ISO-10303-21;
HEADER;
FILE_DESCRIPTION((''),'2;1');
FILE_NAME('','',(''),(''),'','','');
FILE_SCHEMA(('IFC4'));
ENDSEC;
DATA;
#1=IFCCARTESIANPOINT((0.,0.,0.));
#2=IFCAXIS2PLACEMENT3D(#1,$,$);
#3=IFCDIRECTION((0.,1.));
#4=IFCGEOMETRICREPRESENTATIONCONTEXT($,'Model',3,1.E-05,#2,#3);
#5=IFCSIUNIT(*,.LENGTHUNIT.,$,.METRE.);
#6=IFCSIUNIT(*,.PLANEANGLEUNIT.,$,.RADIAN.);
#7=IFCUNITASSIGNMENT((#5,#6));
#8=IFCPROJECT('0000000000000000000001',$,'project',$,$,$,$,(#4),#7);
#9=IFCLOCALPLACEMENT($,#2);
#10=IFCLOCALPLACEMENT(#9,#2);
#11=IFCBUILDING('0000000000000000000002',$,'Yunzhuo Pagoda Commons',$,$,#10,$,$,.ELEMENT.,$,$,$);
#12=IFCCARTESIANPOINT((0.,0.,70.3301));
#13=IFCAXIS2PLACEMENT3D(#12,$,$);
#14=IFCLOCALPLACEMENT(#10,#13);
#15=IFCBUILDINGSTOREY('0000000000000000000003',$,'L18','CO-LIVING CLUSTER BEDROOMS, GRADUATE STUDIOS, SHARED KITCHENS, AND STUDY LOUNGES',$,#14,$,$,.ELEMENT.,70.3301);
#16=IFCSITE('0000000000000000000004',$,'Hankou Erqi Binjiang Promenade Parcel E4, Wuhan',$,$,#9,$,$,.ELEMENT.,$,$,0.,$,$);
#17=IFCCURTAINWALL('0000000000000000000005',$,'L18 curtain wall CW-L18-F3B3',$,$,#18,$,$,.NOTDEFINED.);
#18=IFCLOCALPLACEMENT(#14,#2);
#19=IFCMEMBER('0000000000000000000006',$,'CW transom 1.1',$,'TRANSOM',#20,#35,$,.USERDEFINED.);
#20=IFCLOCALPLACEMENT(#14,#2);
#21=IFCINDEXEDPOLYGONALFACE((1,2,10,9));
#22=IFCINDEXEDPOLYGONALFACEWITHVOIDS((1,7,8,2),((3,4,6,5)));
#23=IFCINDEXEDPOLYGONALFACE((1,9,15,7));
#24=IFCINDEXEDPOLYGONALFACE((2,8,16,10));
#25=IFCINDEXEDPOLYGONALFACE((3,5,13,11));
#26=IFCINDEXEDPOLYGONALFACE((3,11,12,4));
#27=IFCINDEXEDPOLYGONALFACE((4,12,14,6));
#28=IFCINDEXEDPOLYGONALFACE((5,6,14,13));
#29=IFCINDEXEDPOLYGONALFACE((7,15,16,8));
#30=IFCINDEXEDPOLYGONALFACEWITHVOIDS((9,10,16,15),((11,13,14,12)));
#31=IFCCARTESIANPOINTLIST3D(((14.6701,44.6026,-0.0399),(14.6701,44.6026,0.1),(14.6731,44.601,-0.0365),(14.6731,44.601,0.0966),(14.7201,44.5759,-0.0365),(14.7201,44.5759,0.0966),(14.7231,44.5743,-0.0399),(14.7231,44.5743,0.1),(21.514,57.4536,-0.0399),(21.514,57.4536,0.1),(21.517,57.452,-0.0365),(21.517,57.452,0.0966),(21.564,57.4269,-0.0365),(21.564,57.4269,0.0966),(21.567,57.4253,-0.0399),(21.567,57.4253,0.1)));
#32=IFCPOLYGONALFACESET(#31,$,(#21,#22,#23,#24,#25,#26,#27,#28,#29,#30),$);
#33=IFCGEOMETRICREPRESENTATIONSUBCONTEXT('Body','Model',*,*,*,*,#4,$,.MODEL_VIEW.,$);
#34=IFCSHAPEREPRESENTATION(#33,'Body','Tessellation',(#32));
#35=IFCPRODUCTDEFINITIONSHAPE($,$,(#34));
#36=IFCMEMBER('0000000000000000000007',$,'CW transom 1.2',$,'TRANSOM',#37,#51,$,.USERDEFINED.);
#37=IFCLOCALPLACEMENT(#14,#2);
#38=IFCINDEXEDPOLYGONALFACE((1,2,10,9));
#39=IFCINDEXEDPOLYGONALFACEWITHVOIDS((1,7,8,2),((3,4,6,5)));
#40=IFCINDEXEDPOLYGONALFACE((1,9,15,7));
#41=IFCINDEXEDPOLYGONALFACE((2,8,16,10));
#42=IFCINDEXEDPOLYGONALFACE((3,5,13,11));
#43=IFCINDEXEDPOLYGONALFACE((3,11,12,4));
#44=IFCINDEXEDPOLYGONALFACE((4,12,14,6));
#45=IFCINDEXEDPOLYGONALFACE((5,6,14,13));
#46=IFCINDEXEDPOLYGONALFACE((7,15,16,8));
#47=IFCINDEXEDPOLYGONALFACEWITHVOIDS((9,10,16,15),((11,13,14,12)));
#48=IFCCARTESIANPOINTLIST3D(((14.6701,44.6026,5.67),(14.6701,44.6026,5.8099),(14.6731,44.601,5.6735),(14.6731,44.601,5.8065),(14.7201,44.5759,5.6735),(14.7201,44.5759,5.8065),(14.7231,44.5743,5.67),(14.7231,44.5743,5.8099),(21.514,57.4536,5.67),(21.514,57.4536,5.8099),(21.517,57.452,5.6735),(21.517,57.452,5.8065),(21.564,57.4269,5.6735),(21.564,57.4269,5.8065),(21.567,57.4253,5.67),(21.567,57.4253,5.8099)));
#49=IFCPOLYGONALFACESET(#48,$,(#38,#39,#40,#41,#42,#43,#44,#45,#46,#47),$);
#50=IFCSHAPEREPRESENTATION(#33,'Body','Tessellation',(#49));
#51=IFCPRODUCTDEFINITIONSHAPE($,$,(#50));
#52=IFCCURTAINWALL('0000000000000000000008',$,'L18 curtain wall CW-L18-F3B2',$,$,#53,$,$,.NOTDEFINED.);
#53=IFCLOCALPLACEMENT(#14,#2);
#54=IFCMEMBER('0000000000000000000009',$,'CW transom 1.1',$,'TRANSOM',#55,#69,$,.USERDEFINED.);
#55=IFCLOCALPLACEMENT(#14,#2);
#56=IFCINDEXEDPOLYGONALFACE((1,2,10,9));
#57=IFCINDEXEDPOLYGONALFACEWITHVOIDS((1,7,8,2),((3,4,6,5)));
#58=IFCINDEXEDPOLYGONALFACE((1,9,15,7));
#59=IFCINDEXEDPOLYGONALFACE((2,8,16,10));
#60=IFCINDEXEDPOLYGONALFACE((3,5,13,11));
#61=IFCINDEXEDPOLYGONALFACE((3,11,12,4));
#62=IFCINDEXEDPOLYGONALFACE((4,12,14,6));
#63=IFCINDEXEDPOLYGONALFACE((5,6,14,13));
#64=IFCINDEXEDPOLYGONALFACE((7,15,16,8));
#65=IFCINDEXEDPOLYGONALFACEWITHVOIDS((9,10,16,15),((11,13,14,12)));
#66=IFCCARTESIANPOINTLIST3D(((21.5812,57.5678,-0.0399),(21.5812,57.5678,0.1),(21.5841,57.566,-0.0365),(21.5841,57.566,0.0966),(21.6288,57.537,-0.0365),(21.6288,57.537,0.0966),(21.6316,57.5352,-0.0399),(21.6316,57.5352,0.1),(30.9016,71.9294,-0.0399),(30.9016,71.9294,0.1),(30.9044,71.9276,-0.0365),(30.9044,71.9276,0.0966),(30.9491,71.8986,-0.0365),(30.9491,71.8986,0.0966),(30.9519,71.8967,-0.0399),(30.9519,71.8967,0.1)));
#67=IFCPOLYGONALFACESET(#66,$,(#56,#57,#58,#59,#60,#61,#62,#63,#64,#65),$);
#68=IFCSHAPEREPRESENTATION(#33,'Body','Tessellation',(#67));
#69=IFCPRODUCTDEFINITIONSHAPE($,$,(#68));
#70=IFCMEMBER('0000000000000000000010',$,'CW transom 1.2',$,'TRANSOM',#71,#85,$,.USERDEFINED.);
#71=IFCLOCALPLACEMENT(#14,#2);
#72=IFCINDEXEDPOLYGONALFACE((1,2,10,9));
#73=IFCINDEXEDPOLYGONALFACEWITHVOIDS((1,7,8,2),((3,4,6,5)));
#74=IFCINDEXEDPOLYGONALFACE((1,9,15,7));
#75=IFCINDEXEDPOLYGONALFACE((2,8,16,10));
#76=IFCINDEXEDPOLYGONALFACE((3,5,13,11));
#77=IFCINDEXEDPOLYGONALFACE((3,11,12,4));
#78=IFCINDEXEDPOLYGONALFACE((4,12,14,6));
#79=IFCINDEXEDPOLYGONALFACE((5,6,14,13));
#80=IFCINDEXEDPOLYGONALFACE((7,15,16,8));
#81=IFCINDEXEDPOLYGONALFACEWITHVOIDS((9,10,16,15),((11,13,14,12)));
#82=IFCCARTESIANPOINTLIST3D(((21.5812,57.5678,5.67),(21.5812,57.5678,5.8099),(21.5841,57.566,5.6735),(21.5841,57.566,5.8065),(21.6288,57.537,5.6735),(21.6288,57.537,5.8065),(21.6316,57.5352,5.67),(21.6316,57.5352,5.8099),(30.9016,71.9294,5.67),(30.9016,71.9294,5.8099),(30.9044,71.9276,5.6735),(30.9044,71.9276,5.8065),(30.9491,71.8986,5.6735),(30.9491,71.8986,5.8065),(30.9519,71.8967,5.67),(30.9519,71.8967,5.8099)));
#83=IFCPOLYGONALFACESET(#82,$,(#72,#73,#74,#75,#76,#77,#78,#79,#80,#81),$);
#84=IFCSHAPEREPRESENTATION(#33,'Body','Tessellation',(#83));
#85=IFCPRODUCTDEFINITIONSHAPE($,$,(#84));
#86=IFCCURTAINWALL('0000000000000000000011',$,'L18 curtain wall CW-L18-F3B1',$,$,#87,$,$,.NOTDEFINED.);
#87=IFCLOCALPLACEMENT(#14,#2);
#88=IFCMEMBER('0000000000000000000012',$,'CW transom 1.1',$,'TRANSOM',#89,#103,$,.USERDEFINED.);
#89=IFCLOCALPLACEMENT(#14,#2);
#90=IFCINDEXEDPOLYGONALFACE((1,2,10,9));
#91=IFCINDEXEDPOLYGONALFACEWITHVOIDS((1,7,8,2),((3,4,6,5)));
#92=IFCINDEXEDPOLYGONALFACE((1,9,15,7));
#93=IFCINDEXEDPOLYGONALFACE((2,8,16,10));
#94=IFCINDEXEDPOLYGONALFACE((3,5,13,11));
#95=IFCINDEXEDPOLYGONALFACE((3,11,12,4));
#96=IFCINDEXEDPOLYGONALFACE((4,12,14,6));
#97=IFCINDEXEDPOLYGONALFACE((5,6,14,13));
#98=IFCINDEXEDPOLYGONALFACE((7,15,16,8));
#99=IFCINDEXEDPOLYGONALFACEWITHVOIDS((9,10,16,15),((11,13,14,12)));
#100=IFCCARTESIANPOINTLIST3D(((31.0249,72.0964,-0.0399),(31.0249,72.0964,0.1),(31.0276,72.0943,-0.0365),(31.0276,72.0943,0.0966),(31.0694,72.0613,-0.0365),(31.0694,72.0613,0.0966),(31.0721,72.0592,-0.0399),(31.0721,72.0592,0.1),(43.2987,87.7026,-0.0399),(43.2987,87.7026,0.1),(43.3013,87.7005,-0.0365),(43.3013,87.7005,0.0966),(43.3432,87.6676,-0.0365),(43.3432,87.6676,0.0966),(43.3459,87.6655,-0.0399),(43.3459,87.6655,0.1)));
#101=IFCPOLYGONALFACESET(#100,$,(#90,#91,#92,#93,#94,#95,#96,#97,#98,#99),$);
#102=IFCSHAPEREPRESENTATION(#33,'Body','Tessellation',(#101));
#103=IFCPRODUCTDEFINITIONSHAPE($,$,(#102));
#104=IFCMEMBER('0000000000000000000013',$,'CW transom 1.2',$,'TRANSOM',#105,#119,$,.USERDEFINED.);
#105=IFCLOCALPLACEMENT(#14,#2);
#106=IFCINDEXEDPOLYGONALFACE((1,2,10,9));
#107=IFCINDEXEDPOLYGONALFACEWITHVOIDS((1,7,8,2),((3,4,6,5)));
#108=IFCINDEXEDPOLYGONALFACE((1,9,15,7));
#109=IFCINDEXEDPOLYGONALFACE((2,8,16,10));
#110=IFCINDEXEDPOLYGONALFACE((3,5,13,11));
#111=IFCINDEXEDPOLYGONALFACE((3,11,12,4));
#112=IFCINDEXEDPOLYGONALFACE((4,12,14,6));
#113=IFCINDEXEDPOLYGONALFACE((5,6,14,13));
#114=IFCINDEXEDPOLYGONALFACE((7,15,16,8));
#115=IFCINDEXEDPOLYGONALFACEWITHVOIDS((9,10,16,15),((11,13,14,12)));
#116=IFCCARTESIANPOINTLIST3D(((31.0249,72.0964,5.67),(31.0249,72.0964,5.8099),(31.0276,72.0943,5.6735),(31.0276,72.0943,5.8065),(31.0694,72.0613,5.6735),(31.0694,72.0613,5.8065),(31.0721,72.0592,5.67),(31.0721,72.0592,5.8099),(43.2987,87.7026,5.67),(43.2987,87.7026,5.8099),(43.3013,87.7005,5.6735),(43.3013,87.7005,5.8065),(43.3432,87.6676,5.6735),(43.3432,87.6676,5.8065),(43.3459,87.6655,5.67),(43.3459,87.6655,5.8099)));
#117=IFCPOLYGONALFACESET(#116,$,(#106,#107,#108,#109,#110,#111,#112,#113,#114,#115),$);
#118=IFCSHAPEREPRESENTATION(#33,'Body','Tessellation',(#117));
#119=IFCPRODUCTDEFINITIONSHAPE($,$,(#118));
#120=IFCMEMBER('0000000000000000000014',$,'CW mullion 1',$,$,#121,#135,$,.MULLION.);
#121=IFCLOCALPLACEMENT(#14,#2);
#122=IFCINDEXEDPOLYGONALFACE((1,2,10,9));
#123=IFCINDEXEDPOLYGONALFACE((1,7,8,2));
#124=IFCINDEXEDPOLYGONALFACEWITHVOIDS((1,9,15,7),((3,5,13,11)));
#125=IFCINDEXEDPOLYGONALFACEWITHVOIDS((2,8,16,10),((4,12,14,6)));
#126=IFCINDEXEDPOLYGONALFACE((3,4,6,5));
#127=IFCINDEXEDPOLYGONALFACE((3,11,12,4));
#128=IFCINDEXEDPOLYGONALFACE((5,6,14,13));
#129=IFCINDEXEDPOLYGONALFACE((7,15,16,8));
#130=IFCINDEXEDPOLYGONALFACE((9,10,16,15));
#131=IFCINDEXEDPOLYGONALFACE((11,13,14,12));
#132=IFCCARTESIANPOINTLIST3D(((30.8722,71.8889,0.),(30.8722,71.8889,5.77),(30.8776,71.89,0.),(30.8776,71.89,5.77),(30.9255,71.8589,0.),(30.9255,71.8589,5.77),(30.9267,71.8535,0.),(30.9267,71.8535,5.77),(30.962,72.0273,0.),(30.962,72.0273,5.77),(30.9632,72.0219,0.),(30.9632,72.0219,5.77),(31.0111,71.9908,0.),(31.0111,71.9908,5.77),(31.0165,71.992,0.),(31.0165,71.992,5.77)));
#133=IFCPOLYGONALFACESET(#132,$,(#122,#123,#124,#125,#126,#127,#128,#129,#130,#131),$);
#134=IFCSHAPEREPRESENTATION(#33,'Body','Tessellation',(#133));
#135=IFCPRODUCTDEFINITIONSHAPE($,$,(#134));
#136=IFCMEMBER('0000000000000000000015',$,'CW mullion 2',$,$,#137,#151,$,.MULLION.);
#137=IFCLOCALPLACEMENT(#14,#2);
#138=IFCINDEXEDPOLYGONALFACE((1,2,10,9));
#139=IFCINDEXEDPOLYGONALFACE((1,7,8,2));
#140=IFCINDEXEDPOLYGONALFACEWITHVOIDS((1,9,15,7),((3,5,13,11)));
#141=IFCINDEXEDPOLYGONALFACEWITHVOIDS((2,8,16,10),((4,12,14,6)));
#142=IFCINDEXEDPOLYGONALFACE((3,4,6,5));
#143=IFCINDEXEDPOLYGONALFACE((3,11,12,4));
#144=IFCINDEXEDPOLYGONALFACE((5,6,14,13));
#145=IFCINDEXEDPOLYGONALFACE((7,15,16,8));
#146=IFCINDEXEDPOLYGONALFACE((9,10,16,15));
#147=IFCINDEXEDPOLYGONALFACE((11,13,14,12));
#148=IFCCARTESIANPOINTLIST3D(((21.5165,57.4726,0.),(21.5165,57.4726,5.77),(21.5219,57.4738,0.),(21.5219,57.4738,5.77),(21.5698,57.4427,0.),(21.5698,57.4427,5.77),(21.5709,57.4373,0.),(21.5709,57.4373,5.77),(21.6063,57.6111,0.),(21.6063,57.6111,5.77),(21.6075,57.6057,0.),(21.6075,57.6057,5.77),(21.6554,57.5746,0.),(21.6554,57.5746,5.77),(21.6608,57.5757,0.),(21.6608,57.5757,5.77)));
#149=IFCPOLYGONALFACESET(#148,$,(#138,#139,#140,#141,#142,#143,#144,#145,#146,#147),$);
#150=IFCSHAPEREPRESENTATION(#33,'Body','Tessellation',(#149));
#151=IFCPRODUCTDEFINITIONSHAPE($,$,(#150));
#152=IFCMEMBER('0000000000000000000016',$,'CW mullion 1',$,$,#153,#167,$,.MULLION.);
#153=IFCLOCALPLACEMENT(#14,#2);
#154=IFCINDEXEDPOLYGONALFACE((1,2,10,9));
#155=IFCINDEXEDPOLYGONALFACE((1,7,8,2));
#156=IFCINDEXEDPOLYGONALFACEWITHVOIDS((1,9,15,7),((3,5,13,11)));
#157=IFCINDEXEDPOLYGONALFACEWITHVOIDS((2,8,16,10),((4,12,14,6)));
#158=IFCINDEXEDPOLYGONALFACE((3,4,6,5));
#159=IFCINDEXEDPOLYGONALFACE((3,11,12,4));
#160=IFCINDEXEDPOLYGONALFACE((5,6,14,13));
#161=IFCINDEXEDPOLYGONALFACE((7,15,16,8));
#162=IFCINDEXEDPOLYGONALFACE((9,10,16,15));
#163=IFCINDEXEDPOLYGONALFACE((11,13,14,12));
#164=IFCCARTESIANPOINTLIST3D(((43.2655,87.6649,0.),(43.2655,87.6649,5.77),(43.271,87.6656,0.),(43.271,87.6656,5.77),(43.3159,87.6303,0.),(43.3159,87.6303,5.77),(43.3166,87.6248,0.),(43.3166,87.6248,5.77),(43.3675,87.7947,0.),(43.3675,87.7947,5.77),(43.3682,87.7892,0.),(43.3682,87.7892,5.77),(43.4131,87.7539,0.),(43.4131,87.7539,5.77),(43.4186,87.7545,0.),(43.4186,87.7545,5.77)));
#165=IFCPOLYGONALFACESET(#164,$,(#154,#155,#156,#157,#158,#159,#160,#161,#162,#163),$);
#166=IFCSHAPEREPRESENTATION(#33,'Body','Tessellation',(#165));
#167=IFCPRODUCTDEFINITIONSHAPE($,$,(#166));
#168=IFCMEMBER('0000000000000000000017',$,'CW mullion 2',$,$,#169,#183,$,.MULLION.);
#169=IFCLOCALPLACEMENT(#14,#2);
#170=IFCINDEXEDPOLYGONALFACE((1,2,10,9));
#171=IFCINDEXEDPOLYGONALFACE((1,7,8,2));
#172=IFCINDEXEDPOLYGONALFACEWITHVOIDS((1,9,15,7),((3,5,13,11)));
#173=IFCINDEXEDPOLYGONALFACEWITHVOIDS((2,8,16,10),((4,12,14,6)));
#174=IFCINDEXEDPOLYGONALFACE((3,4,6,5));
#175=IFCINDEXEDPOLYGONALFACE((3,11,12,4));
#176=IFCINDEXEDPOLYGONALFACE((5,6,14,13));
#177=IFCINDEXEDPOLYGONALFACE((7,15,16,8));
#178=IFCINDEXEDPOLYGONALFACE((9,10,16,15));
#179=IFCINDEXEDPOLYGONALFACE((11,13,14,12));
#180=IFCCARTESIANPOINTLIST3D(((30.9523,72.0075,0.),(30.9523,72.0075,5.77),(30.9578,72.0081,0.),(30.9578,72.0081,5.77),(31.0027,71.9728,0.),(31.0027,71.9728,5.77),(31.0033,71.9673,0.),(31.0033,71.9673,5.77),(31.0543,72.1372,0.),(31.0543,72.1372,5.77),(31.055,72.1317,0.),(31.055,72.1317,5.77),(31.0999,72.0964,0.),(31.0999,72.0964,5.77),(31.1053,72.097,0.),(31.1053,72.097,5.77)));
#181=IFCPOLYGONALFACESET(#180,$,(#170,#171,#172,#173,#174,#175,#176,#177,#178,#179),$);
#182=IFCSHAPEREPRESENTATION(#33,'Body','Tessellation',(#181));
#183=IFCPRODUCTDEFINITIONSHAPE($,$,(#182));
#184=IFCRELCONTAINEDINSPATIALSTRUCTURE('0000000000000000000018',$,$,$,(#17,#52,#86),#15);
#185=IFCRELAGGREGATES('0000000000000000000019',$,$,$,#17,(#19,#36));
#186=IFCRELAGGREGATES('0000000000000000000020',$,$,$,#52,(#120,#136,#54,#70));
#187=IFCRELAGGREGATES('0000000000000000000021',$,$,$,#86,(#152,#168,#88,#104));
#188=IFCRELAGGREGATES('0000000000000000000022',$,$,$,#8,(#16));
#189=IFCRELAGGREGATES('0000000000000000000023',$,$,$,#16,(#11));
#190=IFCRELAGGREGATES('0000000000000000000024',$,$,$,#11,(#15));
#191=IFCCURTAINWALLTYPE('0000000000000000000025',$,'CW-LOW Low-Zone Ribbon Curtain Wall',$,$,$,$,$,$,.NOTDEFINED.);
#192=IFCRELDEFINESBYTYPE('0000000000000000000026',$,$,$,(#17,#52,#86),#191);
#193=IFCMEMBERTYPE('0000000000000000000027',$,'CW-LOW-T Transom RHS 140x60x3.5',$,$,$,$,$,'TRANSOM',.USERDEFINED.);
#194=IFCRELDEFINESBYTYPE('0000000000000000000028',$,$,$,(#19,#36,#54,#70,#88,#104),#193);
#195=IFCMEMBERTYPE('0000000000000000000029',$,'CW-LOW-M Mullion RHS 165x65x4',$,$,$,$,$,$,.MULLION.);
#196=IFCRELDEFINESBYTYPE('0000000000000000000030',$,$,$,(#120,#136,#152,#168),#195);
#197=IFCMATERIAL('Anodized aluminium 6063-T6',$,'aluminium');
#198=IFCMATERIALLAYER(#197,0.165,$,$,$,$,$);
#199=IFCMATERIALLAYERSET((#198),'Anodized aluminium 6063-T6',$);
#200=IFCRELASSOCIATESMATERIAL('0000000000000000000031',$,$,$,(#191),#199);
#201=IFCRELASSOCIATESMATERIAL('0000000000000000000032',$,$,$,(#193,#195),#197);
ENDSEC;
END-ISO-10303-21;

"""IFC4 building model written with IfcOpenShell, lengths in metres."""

from ifc_helpers import new_model, si_unit, direction, frame, origin, origin_2d, place, context, subcontext, project, spatial, hollow_rectangle, extrude, source, transform, mapped, material, layer, layer_set, material_profile, profile_set, type_object, element, aggregate, save


model = new_model("IFC4")

# Units and contexts
model_context = context("Model", 3, precision=1e-05, world=origin(), true_north=direction((0.0, 1.0)))
body_context = subcontext(model_context, "Body", "Model", "MODEL_VIEW")
ifc_project = project(units=[si_unit("LENGTHUNIT", "METRE"), si_unit("PLANEANGLEUNIT", "RADIAN")], contexts=[model_context])

# Site, building, storey
site_placement = place(None, origin())
site = spatial("IfcSite", under=ifc_project, at=site_placement, Name="Hankou Erqi Binjiang Promenade Parcel E4, Wuhan", CompositionType="ELEMENT", RefElevation=0.0)
building_placement = place(site_placement, origin())
building = spatial("IfcBuilding", under=site, at=building_placement, Name="Yunzhuo Pagoda Commons", CompositionType="ELEMENT")
storey_placement = place(building_placement, frame((0.0, 0.0, 70.3301)))
storey = spatial("IfcBuildingStorey", under=building, at=storey_placement, Name="L18", Description="CO-LIVING CLUSTER BEDROOMS, GRADUATE STUDIOS, SHARED KITCHENS, AND STUDY LOUNGES", CompositionType="ELEMENT", Elevation=70.3301)

# Curtain walls, members
ifc_material_1 = material(Name="Anodized aluminium 6063-T6", Category="aluminium")
ifc_layer_1 = layer(ifc_material_1, 0.165)
ifc_layer_set_1 = layer_set([ifc_layer_1], Name="Anodized aluminium 6063-T6")
curtain_wall_type = type_object("IfcCurtainWallType", Name="CW-LOW Low-Zone Ribbon Curtain Wall", PredefinedType="NOTDEFINED", material=ifc_layer_set_1)
curtain_wall_1_placement = place(storey_placement, origin())
curtain_wall_1 = element("IfcCurtainWall", 1, at=curtain_wall_1_placement, inside=storey, type_object=curtain_wall_type, Name="L18 curtain wall CW-L18-F3B3", PredefinedType="NOTDEFINED")
ifc_material_profile_1 = material_profile(ifc_material_1, hollow_rectangle(XDim=0.0601, YDim=0.1399, WallThickness=0.0034, at=origin_2d()), Name="Anodized aluminium 6063-T6")
ifc_profile_set_1 = profile_set([ifc_material_profile_1], Name="Anodized aluminium 6063-T6")
member_type_1 = type_object("IfcMemberType", Name="CW-LOW-T Transom RHS 140x60x3.5", ElementType="TRANSOM", PredefinedType="USERDEFINED", material=ifc_profile_set_1)
shared_shape_1 = source(origin(), body_context, "Body", "SweptSolid", [
    extrude(hollow_rectangle(XDim=0.0601, YDim=0.1399, WallThickness=0.0034, at=origin_2d()), origin(), (0.0, 0.0, 1.0), 14.5598),
])
member_1_placement = place(storey_placement, frame((21.5405, 57.4395, 0.03), z_axis=(-0.470058, -0.882635, 0.0), x_axis=(0.882635, -0.470058, 0.0)))
member_1 = element("IfcMember", 2, at=member_1_placement, type_object=member_type_1, Name="CW transom 1.1", ObjectType="TRANSOM", PredefinedType="USERDEFINED", context=body_context, shape_type="MappedRepresentation", body=[
    mapped(shared_shape_1, transform((0.0, 0.0, 0.0), scale=1.0)),
])
member_2_placement = place(storey_placement, frame((21.5405, 57.4395, 5.74), z_axis=(-0.470058, -0.882635, 0.0), x_axis=(0.882635, -0.470058, 0.0)))
member_2 = element("IfcMember", 3, at=member_2_placement, type_object=member_type_1, Name="CW transom 1.2", ObjectType="TRANSOM", PredefinedType="USERDEFINED", context=body_context, shape_type="MappedRepresentation", body=[
    mapped(shared_shape_1, transform((0.0, 0.0, 0.0), scale=1.0)),
])
aggregate(curtain_wall_1, [member_1, member_2])
curtain_wall_2_placement = place(storey_placement, origin())
curtain_wall_2 = element("IfcCurtainWall", 4, at=curtain_wall_2_placement, inside=storey, type_object=curtain_wall_type, Name="L18 curtain wall CW-L18-F3B2", PredefinedType="NOTDEFINED")
shared_shape_2 = source(origin(), body_context, "Body", "SweptSolid", [
    extrude(hollow_rectangle(XDim=0.0601, YDim=0.1399, WallThickness=0.0034, at=origin_2d()), origin(), (0.0, 0.0, 1.0), 17.1208),
])
member_3_placement = place(storey_placement, frame((30.9268, 71.9131, 0.03), z_axis=(-0.544384, -0.838836, 0.0), x_axis=(0.838836, -0.544384, 0.0)))
member_3 = element("IfcMember", 5, at=member_3_placement, type_object=member_type_1, Name="CW transom 1.1", ObjectType="TRANSOM", PredefinedType="USERDEFINED", context=body_context, shape_type="MappedRepresentation", body=[
    mapped(shared_shape_2, transform((0.0, 0.0, 0.0), scale=1.0)),
])
member_4_placement = place(storey_placement, frame((30.9268, 71.9131, 5.74), z_axis=(-0.544384, -0.838836, 0.0), x_axis=(0.838836, -0.544384, 0.0)))
member_4 = element("IfcMember", 6, at=member_4_placement, type_object=member_type_1, Name="CW transom 1.2", ObjectType="TRANSOM", PredefinedType="USERDEFINED", context=body_context, shape_type="MappedRepresentation", body=[
    mapped(shared_shape_2, transform((0.0, 0.0, 0.0), scale=1.0)),
])
curtain_wall_3_placement = place(storey_placement, origin())
curtain_wall_3 = element("IfcCurtainWall", 7, at=curtain_wall_3_placement, inside=storey, type_object=curtain_wall_type, Name="L18 curtain wall CW-L18-F3B1", PredefinedType="NOTDEFINED")
shared_shape_3 = source(origin(), body_context, "Body", "SweptSolid", [
    extrude(hollow_rectangle(XDim=0.0601, YDim=0.1399, WallThickness=0.0034, at=origin_2d()), origin(), (0.0, 0.0, 1.0), 19.8545),
])
member_5_placement = place(storey_placement, frame((43.3223, 87.6841, 0.03), z_axis=(-0.618185, -0.786033, 0.0), x_axis=(0.786033, -0.618185, 0.0)))
member_5 = element("IfcMember", 8, at=member_5_placement, type_object=member_type_1, Name="CW transom 1.1", ObjectType="TRANSOM", PredefinedType="USERDEFINED", context=body_context, shape_type="MappedRepresentation", body=[
    mapped(shared_shape_3, transform((0.0, 0.0, 0.0), scale=1.0)),
])
member_6_placement = place(storey_placement, frame((43.3223, 87.6841, 5.74), z_axis=(-0.618185, -0.786033, 0.0), x_axis=(0.786033, -0.618185, 0.0)))
member_6 = element("IfcMember", 9, at=member_6_placement, type_object=member_type_1, Name="CW transom 1.2", ObjectType="TRANSOM", PredefinedType="USERDEFINED", context=body_context, shape_type="MappedRepresentation", body=[
    mapped(shared_shape_3, transform((0.0, 0.0, 0.0), scale=1.0)),
])

# Members
ifc_material_profile_2 = material_profile(ifc_material_1, hollow_rectangle(XDim=0.0649, YDim=0.165, WallThickness=0.0039, at=origin_2d()), Name="Anodized aluminium 6063-T6")
ifc_profile_set_2 = profile_set([ifc_material_profile_2], Name="Anodized aluminium 6063-T6")
member_type_2 = type_object("IfcMemberType", Name="CW-LOW-M Mullion RHS 165x65x4", PredefinedType="MULLION", material=ifc_profile_set_2)
shared_shape_4 = source(origin(), body_context, "Body", "SweptSolid", [
    extrude(hollow_rectangle(XDim=0.0649, YDim=0.165, WallThickness=0.0039, at=origin_2d()), origin(), (0.0, 0.0, 1.0), 5.77),
])
member_7_placement = place(storey_placement, frame((30.9443, 71.9404, 0.0), z_axis=(0.0, 0.0, 1.0), x_axis=(0.83884, -0.544378, 0.0)))
member_7 = element("IfcMember", 10, at=member_7_placement, type_object=member_type_2, Name="CW mullion 1", PredefinedType="MULLION", context=body_context, shape_type="MappedRepresentation", body=[
    mapped(shared_shape_4, transform((0.0, 0.0, 0.0), scale=1.0)),
])
member_8_placement = place(storey_placement, frame((21.5886, 57.5242, 0.0), z_axis=(0.0, 0.0, 1.0), x_axis=(0.83884, -0.544378, 0.0)))
member_8 = element("IfcMember", 11, at=member_8_placement, type_object=member_type_2, Name="CW mullion 2", PredefinedType="MULLION", context=body_context, shape_type="MappedRepresentation", body=[
    mapped(shared_shape_4, transform((0.0, 0.0, 0.0), scale=1.0)),
])
member_9_placement = place(storey_placement, frame((43.342, 87.7097, 0.0), z_axis=(0.0, 0.0, 1.0), x_axis=(0.786046, -0.618168, 0.0)))
member_9 = element("IfcMember", 12, at=member_9_placement, type_object=member_type_2, Name="CW mullion 1", PredefinedType="MULLION", context=body_context, shape_type="MappedRepresentation", body=[
    mapped(shared_shape_4, transform((0.0, 0.0, 0.0), scale=1.0)),
])
member_10_placement = place(storey_placement, frame((31.0288, 72.0522, 0.0), z_axis=(0.0, 0.0, 1.0), x_axis=(0.786046, -0.618168, 0.0)))
member_10 = element("IfcMember", 13, at=member_10_placement, type_object=member_type_2, Name="CW mullion 2", PredefinedType="MULLION", context=body_context, shape_type="MappedRepresentation", body=[
    mapped(shared_shape_4, transform((0.0, 0.0, 0.0), scale=1.0)),
])

aggregate(curtain_wall_2, [member_7, member_8, member_3, member_4])

aggregate(curtain_wall_3, [member_9, member_10, member_5, member_6])

save(model, "model.ifc")
